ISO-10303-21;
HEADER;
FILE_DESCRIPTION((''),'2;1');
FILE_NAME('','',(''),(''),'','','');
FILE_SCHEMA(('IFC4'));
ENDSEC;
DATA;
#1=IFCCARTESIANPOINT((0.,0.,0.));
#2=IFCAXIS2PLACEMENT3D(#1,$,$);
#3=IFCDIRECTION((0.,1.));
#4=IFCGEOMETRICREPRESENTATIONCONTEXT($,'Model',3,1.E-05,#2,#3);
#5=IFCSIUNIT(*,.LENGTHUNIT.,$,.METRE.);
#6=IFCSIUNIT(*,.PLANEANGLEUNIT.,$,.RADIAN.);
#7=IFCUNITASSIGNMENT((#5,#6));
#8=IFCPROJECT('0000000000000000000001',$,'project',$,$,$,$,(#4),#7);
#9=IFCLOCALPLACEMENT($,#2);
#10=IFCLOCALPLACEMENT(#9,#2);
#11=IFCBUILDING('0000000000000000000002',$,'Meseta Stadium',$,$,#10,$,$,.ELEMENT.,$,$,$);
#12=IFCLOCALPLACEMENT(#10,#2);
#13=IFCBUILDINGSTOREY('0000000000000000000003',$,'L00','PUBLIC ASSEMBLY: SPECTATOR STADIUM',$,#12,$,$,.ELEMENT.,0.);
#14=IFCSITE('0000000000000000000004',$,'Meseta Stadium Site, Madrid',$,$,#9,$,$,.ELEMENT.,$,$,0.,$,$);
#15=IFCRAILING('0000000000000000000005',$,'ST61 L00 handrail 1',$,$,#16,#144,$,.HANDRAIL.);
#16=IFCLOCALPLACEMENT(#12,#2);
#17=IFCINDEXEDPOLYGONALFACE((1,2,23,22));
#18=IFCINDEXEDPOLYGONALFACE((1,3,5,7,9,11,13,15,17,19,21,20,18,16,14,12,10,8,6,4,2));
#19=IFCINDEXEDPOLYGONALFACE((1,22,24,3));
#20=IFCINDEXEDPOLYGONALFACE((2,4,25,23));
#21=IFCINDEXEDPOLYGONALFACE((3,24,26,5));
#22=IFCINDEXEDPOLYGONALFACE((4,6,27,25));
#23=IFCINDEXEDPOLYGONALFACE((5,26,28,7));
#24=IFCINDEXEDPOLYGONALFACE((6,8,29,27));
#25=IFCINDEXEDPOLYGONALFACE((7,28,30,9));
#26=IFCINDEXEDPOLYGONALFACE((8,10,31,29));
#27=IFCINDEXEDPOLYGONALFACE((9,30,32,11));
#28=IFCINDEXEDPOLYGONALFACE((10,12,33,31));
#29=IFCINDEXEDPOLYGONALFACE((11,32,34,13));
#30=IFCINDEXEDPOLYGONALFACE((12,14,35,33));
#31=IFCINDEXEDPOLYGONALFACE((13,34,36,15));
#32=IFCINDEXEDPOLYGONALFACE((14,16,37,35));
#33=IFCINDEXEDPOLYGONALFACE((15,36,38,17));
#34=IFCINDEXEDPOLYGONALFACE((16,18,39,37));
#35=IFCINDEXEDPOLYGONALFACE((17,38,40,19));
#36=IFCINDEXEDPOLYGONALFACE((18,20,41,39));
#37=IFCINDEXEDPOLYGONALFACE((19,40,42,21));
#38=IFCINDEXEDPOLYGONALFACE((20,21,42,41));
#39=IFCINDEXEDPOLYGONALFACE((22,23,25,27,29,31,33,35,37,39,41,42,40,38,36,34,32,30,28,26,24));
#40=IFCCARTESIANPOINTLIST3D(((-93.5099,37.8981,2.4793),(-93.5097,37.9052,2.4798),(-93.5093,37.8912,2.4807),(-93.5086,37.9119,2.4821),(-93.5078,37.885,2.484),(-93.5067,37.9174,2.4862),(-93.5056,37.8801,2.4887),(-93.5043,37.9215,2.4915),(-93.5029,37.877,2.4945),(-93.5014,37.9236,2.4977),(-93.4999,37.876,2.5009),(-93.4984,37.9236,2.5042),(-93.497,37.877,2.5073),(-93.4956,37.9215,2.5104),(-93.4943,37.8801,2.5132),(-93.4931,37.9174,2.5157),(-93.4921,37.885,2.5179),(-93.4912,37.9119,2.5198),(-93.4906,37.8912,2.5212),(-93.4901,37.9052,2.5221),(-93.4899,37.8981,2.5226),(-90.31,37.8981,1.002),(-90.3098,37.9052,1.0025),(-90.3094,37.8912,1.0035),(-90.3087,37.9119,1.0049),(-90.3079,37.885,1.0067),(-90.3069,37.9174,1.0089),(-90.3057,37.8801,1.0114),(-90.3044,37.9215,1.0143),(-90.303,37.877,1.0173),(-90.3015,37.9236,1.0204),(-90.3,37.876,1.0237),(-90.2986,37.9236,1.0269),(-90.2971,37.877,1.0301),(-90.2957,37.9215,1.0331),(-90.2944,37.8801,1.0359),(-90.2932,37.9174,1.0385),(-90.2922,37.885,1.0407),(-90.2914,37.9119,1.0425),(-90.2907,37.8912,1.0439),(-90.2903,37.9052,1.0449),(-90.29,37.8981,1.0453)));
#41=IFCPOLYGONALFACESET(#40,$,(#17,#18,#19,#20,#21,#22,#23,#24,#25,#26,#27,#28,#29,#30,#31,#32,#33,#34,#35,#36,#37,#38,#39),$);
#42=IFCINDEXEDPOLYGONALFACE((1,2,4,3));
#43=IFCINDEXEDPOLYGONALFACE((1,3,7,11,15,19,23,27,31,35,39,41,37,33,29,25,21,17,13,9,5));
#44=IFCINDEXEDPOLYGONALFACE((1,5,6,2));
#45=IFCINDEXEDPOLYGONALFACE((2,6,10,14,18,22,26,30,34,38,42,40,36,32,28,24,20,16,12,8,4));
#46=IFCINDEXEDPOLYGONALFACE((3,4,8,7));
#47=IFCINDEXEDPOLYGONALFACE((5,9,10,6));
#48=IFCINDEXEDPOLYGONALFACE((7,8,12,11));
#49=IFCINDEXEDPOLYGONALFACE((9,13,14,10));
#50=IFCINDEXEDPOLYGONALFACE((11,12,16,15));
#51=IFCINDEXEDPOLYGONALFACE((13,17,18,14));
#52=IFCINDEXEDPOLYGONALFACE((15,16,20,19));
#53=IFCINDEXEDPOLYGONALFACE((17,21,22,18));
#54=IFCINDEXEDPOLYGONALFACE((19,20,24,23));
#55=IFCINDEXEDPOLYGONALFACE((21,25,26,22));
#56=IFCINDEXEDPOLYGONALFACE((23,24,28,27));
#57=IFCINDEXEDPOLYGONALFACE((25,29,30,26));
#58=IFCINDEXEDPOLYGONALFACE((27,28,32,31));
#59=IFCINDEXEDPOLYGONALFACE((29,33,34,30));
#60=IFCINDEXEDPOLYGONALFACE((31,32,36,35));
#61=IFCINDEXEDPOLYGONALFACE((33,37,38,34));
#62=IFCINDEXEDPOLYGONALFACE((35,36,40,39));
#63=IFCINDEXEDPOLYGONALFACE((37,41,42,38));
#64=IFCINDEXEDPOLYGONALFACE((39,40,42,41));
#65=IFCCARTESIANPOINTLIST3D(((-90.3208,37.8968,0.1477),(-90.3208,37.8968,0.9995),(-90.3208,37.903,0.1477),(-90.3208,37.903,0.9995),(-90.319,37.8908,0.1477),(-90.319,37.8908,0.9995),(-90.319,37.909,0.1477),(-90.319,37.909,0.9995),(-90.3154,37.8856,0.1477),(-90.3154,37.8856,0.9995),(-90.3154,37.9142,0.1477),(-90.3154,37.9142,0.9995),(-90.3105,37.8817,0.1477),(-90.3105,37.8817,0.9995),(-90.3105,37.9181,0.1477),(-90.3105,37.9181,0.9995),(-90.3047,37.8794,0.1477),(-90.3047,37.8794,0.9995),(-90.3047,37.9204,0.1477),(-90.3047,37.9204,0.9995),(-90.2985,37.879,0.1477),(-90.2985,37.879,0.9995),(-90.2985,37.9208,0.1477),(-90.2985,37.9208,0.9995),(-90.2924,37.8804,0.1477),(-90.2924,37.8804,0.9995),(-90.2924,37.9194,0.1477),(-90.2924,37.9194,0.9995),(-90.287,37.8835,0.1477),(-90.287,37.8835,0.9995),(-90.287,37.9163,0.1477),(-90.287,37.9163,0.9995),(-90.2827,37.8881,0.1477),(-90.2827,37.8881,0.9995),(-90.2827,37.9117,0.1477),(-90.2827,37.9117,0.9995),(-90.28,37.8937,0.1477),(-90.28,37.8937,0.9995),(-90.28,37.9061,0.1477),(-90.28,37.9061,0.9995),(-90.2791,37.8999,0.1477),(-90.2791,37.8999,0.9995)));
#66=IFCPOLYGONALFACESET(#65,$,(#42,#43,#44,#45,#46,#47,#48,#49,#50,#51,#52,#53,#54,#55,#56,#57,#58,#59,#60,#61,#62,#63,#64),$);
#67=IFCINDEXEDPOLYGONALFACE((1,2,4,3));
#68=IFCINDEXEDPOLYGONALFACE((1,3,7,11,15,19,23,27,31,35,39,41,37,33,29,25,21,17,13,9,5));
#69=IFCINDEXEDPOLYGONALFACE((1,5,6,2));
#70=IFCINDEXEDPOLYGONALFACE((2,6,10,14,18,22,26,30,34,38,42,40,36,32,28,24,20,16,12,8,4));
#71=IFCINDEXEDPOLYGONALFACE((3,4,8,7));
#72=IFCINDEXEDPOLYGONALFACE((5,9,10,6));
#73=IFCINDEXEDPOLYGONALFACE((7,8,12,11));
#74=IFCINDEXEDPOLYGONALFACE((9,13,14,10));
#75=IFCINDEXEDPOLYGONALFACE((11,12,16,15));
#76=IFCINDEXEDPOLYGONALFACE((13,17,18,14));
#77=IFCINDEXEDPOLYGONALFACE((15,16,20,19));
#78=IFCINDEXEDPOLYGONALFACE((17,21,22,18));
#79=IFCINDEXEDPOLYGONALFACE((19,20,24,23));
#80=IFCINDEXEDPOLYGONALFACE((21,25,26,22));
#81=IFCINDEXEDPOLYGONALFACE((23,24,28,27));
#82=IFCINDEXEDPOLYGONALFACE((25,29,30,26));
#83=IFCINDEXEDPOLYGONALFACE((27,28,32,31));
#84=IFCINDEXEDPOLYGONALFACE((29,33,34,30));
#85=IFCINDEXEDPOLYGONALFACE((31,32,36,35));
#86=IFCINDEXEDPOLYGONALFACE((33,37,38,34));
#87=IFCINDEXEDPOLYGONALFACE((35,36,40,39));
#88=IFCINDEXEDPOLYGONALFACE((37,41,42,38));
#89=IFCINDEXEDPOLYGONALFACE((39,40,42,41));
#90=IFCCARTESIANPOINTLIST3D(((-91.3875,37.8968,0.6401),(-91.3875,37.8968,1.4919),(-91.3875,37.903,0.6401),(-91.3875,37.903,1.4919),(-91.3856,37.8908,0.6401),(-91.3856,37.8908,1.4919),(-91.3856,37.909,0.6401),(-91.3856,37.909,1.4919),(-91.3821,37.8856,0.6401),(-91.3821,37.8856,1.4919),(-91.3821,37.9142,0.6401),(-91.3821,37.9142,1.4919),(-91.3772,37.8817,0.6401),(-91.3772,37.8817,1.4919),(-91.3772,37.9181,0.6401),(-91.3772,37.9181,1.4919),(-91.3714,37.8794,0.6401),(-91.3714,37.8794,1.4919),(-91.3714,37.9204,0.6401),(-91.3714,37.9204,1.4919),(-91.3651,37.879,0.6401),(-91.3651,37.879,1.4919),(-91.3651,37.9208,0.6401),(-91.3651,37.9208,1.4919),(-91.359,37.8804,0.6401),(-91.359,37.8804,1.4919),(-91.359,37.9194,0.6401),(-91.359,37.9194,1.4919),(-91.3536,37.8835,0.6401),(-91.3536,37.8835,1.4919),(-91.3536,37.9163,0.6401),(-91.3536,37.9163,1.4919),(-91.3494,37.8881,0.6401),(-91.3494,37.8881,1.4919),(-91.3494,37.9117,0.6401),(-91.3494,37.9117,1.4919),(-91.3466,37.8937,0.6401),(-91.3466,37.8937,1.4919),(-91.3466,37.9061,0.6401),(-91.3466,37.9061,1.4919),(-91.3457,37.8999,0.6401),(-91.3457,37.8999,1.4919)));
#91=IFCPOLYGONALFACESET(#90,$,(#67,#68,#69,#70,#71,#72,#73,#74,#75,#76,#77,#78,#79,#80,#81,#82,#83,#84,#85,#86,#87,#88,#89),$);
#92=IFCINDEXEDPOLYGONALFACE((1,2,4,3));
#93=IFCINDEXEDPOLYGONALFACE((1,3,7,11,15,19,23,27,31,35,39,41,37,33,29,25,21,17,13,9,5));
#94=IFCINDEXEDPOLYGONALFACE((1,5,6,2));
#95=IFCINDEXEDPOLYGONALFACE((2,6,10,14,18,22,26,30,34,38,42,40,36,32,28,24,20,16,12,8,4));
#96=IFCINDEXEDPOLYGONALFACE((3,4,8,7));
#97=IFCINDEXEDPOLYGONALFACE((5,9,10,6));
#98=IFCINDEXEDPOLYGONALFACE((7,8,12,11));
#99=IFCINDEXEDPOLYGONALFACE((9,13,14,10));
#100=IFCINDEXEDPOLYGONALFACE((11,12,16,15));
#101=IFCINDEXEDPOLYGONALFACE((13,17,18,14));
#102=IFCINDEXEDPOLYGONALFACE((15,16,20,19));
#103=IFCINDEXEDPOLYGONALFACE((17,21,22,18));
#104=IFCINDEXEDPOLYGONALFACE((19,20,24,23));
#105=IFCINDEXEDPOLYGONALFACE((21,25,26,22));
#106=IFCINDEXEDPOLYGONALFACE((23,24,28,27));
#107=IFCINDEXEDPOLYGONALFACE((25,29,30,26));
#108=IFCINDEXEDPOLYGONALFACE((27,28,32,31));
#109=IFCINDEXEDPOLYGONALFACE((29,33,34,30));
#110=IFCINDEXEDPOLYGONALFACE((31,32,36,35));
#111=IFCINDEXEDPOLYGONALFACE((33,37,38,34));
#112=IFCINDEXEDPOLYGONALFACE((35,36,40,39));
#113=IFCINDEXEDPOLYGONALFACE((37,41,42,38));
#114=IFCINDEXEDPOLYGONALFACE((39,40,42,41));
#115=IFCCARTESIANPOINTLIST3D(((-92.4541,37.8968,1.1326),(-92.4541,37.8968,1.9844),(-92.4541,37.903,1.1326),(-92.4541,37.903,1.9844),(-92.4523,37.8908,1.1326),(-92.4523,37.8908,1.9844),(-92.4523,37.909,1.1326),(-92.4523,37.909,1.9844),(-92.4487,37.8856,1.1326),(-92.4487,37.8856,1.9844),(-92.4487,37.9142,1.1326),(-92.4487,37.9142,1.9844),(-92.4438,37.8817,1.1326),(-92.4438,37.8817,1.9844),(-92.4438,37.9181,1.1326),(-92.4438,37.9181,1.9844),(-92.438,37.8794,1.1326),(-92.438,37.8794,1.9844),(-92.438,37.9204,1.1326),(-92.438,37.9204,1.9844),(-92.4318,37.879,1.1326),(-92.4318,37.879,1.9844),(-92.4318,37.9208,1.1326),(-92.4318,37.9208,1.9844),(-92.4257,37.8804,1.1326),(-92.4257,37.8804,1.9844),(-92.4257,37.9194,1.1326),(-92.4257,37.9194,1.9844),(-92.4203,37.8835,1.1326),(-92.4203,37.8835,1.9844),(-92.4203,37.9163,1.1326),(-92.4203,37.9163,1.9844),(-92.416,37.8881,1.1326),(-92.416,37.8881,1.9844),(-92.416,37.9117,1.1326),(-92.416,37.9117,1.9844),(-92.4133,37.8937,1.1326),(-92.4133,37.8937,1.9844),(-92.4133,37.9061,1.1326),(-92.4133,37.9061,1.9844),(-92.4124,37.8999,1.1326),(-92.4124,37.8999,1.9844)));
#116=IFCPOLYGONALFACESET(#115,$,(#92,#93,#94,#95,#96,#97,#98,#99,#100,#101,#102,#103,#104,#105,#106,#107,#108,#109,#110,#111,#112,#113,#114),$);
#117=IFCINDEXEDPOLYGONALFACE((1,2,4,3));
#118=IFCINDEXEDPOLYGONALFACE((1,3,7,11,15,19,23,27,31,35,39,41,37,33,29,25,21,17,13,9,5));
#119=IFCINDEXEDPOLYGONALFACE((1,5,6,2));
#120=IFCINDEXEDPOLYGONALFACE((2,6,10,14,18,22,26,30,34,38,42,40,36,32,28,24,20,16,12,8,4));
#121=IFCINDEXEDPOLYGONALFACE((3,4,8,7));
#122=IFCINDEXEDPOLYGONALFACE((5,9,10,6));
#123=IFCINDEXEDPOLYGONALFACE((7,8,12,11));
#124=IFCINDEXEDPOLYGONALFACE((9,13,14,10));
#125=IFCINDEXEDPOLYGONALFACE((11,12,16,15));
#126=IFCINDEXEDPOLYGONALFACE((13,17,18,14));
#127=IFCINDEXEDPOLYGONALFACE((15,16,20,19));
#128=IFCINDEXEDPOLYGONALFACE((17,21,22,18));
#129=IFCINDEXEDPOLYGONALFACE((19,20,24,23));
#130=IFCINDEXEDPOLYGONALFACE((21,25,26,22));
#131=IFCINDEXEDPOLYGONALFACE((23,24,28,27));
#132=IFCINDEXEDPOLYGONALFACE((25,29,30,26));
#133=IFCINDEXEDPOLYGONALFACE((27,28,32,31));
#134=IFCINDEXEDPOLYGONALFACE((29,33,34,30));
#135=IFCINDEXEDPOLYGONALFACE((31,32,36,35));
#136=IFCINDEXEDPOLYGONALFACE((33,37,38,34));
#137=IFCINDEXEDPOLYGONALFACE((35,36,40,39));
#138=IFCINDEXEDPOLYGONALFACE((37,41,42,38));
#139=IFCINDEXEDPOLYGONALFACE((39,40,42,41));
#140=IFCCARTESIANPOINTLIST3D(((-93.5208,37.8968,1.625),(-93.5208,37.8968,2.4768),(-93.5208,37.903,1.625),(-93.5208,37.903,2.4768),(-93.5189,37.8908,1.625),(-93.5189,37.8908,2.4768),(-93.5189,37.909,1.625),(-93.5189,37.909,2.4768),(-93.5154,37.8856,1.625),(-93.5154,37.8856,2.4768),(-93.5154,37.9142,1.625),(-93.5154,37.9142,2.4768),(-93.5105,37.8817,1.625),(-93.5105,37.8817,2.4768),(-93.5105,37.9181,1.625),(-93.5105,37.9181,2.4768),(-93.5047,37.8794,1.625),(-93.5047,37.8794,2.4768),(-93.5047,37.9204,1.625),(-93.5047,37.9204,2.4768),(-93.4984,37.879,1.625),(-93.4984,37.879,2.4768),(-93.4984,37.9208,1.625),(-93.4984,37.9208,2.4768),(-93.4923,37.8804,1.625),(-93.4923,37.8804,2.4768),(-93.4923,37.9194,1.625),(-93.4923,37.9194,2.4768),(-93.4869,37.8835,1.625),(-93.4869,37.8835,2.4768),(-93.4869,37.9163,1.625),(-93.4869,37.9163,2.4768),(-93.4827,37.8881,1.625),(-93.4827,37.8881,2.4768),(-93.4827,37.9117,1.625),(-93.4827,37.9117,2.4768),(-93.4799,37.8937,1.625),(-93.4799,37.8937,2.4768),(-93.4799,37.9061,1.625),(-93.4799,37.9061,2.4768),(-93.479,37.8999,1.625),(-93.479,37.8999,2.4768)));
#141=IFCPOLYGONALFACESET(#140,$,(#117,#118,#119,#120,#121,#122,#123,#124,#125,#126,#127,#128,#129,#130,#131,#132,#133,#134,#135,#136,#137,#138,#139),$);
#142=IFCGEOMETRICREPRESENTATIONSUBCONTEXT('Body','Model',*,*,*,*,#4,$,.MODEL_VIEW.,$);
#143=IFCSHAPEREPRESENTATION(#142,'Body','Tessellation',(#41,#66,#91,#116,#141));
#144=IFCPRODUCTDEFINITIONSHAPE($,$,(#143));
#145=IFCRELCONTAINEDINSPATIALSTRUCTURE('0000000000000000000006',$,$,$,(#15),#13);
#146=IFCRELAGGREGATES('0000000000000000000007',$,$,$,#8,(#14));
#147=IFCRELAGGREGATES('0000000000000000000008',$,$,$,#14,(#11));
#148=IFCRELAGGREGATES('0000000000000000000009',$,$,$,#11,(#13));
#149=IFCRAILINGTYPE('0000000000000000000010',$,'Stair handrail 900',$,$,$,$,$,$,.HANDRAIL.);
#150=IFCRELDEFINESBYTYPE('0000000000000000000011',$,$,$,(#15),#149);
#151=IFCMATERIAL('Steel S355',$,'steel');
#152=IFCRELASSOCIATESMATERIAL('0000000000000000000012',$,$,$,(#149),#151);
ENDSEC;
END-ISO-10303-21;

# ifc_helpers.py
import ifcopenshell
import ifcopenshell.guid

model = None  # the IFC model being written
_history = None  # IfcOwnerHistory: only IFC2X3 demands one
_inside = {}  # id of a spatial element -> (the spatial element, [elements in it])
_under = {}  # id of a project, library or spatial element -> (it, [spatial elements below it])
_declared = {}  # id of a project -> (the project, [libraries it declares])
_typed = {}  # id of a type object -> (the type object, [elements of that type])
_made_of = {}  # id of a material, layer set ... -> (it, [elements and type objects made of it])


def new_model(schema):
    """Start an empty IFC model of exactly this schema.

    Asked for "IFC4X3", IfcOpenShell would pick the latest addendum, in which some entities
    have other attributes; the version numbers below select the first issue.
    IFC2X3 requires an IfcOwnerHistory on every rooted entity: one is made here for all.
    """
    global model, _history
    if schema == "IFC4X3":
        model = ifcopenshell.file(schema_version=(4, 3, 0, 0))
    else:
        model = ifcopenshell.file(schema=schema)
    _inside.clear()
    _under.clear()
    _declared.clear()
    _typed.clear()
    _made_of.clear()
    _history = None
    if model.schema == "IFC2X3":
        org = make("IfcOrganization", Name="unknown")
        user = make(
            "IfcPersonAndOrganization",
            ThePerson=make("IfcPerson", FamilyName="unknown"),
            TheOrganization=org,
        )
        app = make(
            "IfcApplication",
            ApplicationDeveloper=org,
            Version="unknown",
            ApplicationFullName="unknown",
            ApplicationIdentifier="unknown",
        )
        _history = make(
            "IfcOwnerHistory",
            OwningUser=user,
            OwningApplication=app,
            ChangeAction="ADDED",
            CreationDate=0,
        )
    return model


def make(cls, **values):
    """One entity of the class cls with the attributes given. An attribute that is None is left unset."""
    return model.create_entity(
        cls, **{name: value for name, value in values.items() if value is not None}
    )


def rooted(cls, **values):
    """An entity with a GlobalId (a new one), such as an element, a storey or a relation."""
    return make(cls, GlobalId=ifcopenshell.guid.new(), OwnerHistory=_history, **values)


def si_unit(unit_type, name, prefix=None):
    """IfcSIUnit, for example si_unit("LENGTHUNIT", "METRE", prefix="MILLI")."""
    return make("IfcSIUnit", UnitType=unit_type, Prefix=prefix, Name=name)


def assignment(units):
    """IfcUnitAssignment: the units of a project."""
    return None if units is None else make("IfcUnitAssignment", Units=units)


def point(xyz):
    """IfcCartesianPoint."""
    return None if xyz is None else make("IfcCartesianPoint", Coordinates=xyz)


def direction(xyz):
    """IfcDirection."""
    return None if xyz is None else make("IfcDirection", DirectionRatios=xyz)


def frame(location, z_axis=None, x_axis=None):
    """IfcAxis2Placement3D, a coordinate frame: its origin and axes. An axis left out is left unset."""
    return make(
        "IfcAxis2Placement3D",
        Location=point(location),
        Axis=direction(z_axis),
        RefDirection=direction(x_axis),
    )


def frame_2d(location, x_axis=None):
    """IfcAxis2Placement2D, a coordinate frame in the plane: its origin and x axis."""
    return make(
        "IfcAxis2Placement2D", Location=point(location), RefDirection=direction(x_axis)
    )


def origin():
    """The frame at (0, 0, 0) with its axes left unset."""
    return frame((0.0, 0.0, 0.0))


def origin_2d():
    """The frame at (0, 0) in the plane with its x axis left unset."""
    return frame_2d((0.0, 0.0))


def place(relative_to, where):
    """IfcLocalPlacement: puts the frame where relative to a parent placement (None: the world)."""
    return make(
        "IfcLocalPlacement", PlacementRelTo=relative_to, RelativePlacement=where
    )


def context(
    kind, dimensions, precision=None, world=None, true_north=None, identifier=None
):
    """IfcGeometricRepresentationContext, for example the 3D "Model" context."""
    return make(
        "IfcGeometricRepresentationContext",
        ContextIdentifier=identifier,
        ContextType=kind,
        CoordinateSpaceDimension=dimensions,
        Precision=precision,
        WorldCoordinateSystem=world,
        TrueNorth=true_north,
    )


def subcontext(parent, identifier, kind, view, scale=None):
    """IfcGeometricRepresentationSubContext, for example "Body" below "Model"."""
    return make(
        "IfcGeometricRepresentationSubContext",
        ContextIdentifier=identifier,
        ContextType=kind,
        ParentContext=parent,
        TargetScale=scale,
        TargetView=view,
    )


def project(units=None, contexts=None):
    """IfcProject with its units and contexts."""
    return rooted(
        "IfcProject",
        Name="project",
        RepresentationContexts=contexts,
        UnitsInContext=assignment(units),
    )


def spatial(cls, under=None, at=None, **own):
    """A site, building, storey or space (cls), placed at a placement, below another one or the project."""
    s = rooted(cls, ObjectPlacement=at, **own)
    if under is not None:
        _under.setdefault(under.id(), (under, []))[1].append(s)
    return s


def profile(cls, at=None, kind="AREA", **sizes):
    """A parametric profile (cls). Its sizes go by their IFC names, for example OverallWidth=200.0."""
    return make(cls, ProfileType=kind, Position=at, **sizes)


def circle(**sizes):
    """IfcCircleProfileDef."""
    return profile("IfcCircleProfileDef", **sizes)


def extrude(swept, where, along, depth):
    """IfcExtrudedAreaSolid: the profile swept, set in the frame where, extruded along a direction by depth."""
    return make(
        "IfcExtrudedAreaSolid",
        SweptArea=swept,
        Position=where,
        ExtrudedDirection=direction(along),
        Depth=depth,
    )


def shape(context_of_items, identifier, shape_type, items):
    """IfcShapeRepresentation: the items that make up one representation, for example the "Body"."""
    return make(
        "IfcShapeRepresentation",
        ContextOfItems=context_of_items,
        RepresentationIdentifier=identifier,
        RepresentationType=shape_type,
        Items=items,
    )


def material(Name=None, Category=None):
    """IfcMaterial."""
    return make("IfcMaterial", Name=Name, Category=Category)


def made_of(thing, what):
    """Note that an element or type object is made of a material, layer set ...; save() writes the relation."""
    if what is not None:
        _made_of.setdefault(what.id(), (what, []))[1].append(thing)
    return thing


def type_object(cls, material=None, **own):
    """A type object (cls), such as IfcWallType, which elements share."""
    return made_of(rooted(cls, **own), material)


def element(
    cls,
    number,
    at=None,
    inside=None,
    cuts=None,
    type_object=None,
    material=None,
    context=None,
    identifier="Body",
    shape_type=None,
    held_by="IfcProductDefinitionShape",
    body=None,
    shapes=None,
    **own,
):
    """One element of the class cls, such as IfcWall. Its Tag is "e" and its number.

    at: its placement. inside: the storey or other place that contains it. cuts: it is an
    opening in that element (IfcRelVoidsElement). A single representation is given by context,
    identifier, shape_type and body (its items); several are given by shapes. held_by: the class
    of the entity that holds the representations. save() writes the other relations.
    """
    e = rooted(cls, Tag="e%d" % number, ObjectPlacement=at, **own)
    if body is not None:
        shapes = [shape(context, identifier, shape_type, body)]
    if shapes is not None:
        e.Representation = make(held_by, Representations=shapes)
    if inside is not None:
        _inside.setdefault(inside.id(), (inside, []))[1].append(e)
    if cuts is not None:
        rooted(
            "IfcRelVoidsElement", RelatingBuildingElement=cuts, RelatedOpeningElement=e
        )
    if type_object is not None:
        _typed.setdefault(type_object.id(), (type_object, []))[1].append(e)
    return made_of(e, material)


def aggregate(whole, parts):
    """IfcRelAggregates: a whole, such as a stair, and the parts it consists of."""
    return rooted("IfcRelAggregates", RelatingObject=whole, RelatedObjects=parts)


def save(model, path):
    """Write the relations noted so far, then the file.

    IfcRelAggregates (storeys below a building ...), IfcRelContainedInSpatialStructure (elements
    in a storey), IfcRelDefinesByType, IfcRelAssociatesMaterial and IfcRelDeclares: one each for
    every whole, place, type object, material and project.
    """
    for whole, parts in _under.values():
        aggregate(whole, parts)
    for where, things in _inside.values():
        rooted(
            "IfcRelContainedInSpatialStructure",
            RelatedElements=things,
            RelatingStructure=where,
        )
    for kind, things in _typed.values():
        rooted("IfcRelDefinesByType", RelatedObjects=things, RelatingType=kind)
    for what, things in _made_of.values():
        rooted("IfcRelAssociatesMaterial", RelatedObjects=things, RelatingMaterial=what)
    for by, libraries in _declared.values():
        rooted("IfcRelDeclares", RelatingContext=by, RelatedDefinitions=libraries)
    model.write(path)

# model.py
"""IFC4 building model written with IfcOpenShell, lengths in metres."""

from ifc_helpers import new_model, si_unit, direction, frame, origin, origin_2d, place, context, subcontext, project, spatial, circle, extrude, material, type_object, element, save


model = new_model("IFC4")

# Units and contexts
model_context = context("Model", 3, precision=1e-05, world=origin(), true_north=direction((0.0, 1.0)))
body_context = subcontext(model_context, "Body", "Model", "MODEL_VIEW")
ifc_project = project(units=[si_unit("LENGTHUNIT", "METRE"), si_unit("PLANEANGLEUNIT", "RADIAN")], contexts=[model_context])

# Site, building, storey
site_placement = place(None, origin())
site = spatial("IfcSite", under=ifc_project, at=site_placement, Name="Meseta Stadium Site, Madrid", CompositionType="ELEMENT", RefElevation=0.0)
building_placement = place(site_placement, origin())
building = spatial("IfcBuilding", under=site, at=building_placement, Name="Meseta Stadium", CompositionType="ELEMENT")
storey_placement = place(building_placement, origin())
storey = spatial("IfcBuildingStorey", under=building, at=storey_placement, Name="L00", Description="PUBLIC ASSEMBLY: SPECTATOR STADIUM", CompositionType="ELEMENT", Elevation=0.0)

# Railing
ifc_material_1 = material(Name="Steel S355", Category="steel")
railing_type_1 = type_object("IfcRailingType", Name="Stair handrail 900", PredefinedType="HANDRAIL", material=ifc_material_1)
for number, where, name in (
    (1, (-90.3, 37.8999, 0.1477), "ST61 L00 handrail 1"),
):
    element("IfcRailing", number, at=place(storey_placement, frame(where)), inside=storey, type_object=railing_type_1, Name=name, PredefinedType="HANDRAIL", context=body_context, shape_type="SweptSolid", body=[
        extrude(circle(Radius=0.0239, at=origin_2d()), frame((0.0, 0.0, 0.876), z_axis=(-0.907917, 0.0, 0.41915), x_axis=(0.0, -1.0, 0.0)), (0.0, 0.0, 1.0), 3.5244),
        extrude(circle(Radius=0.021, at=origin_2d()), origin(), (0.0, 0.0, 1.0), 0.8518),
        extrude(circle(Radius=0.021, at=origin_2d()), frame((-1.0667, 0.0, 0.4924)), (0.0, 0.0, 1.0), 0.8518),
        extrude(circle(Radius=0.021, at=origin_2d()), frame((-2.1333, 0.0, 0.9849)), (0.0, 0.0, 1.0), 0.8518),
        extrude(circle(Radius=0.021, at=origin_2d()), frame((-3.2, 0.0, 1.4773)), (0.0, 0.0, 1.0), 0.8518),
    ])

save(model, "model.ifc")
